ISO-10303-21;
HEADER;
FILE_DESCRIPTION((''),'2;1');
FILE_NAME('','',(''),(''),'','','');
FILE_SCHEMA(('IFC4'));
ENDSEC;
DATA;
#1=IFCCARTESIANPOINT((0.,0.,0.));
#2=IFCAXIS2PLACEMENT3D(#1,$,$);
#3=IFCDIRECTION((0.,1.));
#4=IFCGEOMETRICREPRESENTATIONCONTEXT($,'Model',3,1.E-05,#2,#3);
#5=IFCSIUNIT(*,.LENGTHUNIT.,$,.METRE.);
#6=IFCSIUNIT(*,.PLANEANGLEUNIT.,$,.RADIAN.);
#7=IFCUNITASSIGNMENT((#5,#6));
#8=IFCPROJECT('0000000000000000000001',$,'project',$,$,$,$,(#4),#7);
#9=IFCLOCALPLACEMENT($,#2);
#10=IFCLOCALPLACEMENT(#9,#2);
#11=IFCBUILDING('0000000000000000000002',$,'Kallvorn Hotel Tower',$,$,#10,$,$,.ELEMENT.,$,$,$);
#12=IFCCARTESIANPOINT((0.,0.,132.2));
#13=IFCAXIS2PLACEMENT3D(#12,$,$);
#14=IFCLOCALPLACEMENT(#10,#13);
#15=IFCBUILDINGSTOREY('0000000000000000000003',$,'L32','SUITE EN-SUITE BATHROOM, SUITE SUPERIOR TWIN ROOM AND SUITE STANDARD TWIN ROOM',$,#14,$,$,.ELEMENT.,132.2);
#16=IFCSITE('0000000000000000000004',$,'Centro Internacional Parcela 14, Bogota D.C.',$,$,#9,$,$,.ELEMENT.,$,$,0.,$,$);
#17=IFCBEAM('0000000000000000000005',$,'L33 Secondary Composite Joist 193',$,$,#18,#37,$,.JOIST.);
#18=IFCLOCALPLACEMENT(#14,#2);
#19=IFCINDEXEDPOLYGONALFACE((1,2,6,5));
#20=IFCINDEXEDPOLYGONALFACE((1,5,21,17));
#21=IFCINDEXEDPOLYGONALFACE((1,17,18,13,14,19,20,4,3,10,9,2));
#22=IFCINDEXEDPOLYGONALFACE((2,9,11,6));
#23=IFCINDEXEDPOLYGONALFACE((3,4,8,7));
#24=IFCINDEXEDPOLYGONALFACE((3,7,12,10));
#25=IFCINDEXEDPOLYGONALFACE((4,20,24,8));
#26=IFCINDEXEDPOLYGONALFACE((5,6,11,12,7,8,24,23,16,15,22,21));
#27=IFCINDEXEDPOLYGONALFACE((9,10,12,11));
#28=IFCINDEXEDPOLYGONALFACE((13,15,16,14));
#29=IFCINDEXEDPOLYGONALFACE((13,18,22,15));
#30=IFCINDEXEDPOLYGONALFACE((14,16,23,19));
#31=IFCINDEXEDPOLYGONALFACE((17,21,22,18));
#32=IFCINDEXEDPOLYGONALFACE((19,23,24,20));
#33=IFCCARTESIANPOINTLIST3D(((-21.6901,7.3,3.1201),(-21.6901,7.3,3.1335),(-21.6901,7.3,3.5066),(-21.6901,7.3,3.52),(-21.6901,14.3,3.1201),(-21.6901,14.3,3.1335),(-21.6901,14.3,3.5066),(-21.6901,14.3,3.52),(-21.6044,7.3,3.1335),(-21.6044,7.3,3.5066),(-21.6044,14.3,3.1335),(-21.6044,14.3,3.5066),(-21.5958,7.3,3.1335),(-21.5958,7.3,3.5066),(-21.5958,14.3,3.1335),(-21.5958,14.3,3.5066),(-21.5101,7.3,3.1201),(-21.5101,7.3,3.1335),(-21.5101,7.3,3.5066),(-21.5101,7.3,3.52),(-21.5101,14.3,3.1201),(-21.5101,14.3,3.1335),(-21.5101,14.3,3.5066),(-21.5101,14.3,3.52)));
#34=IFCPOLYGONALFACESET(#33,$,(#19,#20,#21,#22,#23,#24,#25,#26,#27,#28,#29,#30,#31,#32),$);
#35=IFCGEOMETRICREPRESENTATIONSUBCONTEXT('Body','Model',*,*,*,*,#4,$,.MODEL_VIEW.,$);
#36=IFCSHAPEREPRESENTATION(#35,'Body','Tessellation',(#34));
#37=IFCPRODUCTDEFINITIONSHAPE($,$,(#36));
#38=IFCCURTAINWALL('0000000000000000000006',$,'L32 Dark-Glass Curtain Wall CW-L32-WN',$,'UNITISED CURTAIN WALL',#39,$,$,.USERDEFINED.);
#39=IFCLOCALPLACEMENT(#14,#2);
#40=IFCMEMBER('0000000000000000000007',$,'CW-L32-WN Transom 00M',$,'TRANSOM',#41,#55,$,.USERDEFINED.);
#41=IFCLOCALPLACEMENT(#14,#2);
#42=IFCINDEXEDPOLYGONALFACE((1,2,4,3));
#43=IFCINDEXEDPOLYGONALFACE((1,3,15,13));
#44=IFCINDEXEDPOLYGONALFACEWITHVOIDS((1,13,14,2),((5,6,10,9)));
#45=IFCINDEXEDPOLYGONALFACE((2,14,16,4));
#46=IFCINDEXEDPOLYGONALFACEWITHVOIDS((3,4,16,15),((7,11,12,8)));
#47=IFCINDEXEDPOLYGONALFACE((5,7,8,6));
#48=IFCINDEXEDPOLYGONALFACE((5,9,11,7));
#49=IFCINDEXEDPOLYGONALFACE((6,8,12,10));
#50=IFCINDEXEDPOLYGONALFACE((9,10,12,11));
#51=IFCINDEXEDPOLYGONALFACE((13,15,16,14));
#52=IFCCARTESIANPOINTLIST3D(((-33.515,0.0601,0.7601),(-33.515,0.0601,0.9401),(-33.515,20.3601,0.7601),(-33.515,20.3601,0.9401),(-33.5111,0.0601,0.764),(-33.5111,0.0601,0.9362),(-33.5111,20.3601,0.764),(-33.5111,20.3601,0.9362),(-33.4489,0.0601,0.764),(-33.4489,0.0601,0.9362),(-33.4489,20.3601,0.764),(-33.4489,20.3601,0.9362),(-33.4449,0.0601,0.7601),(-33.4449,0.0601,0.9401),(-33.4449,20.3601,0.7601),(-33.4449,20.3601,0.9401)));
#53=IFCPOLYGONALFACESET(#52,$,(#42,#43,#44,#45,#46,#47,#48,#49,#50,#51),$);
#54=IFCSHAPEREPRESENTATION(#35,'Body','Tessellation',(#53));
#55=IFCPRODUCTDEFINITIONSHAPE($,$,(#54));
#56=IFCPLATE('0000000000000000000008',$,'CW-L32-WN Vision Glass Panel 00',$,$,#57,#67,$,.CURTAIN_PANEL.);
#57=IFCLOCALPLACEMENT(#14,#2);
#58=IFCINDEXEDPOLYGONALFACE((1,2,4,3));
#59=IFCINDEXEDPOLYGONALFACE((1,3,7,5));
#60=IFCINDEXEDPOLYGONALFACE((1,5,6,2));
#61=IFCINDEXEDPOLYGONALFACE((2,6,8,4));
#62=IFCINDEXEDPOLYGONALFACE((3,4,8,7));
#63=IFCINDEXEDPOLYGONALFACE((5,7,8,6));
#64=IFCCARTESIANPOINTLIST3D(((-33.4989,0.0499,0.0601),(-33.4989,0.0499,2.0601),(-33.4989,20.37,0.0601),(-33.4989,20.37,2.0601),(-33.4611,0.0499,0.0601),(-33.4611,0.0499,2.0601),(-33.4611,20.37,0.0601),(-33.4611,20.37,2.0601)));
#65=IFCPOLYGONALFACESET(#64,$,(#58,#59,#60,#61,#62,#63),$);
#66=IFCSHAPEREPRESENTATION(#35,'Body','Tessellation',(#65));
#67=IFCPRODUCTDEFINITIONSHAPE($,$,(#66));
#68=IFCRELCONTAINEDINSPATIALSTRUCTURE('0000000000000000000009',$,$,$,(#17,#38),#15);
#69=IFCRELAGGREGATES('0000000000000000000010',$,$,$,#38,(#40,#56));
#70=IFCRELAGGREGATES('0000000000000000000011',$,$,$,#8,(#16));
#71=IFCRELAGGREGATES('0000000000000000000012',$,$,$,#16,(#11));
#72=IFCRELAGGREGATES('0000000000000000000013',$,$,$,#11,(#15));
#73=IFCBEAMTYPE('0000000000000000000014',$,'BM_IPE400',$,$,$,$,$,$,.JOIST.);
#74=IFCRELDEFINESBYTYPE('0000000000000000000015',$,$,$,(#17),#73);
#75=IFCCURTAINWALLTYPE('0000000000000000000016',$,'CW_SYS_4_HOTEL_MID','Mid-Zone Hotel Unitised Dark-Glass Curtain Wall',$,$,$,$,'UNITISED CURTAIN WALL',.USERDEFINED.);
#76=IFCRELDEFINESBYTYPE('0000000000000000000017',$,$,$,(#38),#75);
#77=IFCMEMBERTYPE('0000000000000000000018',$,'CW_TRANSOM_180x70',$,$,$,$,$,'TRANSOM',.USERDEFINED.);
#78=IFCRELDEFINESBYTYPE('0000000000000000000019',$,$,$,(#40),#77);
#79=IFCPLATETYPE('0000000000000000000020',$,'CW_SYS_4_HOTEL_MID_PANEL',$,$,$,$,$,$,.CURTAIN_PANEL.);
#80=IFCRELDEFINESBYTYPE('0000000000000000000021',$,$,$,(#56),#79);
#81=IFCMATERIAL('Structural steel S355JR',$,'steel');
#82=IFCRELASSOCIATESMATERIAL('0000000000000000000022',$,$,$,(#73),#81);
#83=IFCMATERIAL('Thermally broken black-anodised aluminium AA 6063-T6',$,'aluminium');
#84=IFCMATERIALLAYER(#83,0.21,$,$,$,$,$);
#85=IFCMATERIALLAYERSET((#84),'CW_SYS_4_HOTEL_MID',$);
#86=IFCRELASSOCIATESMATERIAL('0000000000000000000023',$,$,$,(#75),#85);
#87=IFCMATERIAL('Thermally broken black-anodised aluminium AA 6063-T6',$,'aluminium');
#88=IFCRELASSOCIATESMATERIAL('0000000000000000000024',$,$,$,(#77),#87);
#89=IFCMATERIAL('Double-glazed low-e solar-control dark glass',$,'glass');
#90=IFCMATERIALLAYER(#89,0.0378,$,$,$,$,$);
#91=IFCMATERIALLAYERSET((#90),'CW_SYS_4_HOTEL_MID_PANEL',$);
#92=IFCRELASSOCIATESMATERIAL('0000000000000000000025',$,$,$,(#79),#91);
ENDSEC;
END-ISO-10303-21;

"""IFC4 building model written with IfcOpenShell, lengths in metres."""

from ifc_helpers import new_model, si_unit, direction, frame, origin, origin_2d, place, context, subcontext, project, spatial, rectangle, hollow_rectangle, i_section, extrude, material, layer, layer_set, material_profile, profile_set, type_object, element, aggregate, save


model = new_model("IFC4")

# Units and contexts
model_context = context("Model", 3, precision=1e-05, world=origin(), true_north=direction((0.0, 1.0)))
body_context = subcontext(model_context, "Body", "Model", "MODEL_VIEW")
ifc_project = project(units=[si_unit("LENGTHUNIT", "METRE"), si_unit("PLANEANGLEUNIT", "RADIAN")], contexts=[model_context])

# Site, building, storey
site_placement = place(None, origin())
site = spatial("IfcSite", under=ifc_project, at=site_placement, Name="Centro Internacional Parcela 14, Bogota D.C.", CompositionType="ELEMENT", RefElevation=0.0)
building_placement = place(site_placement, origin())
building = spatial("IfcBuilding", under=site, at=building_placement, Name="Kallvorn Hotel Tower", CompositionType="ELEMENT")
storey_placement = place(building_placement, frame((0.0, 0.0, 132.2)))
storey = spatial("IfcBuildingStorey", under=building, at=storey_placement, Name="L32", Description="SUITE EN-SUITE BATHROOM, SUITE SUPERIOR TWIN ROOM AND SUITE STANDARD TWIN ROOM", CompositionType="ELEMENT", Elevation=132.2)

# Beam
ifc_material_1 = material(Name="Structural steel S355JR", Category="steel")
ifc_material_profile_1 = material_profile(ifc_material_1, i_section(OverallWidth=0.1799, OverallDepth=0.3999, WebThickness=0.0085, FlangeThickness=0.0134, at=origin_2d()), Name="IPE 400")
ifc_profile_set_1 = profile_set([ifc_material_profile_1], Name="Structural steel S355JR")
beam_type_1 = type_object("IfcBeamType", Name="BM_IPE400", PredefinedType="JOIST", material=ifc_profile_set_1)
beam_1_placement = place(storey_placement, frame((-21.6001, 7.3, 3.3201), z_axis=(0.0, 1.0, 0.0), x_axis=(-1.0, 0.0, 0.0)))
element("IfcBeam", 1, at=beam_1_placement, inside=storey, type_object=beam_type_1, Name="L33 Secondary Composite Joist 193", PredefinedType="JOIST", context=body_context, shape_type="SweptSolid", body=[
    extrude(i_section(OverallWidth=0.1799, OverallDepth=0.3999, WebThickness=0.0085, FlangeThickness=0.0134, at=origin_2d()), origin(), (0.0, 0.0, 1.0), 7.0),
])

# Curtain wall, member, plate
ifc_material_2 = material(Name="Thermally broken black-anodised aluminium AA 6063-T6", Category="aluminium")
ifc_layer_1 = layer(ifc_material_2, 0.21)
ifc_layer_set_1 = layer_set([ifc_layer_1], Name="CW_SYS_4_HOTEL_MID")
curtain_wall_type = type_object("IfcCurtainWallType", Name="CW_SYS_4_HOTEL_MID", Description="Mid-Zone Hotel Unitised Dark-Glass Curtain Wall", ElementType="UNITISED CURTAIN WALL", PredefinedType="USERDEFINED", material=ifc_layer_set_1)
curtain_wall_placement = place(storey_placement, origin())
curtain_wall = element("IfcCurtainWall", 2, at=curtain_wall_placement, inside=storey, type_object=curtain_wall_type, Name="L32 Dark-Glass Curtain Wall CW-L32-WN", ObjectType="UNITISED CURTAIN WALL", PredefinedType="USERDEFINED")
ifc_material_3 = material(Name="Thermally broken black-anodised aluminium AA 6063-T6", Category="aluminium")
ifc_material_profile_2 = material_profile(ifc_material_3, hollow_rectangle(XDim=0.0701, YDim=0.1799, WallThickness=0.0039, at=origin_2d()), Name="TRN 180x70")
ifc_profile_set_2 = profile_set([ifc_material_profile_2], Name="Thermally broken black-anodised aluminium AA 6063-T6")
member_type = type_object("IfcMemberType", Name="CW_TRANSOM_180x70", ElementType="TRANSOM", PredefinedType="USERDEFINED", material=ifc_profile_set_2)
member_placement = place(storey_placement, frame((-33.48, 0.0601, 0.8501), z_axis=(0.0, 1.0, 0.0), x_axis=(-1.0, 0.0, 0.0)))
member = element("IfcMember", 3, at=member_placement, type_object=member_type, Name="CW-L32-WN Transom 00M", ObjectType="TRANSOM", PredefinedType="USERDEFINED", context=body_context, shape_type="SweptSolid", body=[
    extrude(hollow_rectangle(XDim=0.0701, YDim=0.1799, WallThickness=0.0039, at=origin_2d()), origin(), (0.0, 0.0, 1.0), 20.3),
])
ifc_material_4 = material(Name="Double-glazed low-e solar-control dark glass", Category="glass")
ifc_layer_2 = layer(ifc_material_4, 0.0378)
ifc_layer_set_2 = layer_set([ifc_layer_2], Name="CW_SYS_4_HOTEL_MID_PANEL")
plate_type = type_object("IfcPlateType", Name="CW_SYS_4_HOTEL_MID_PANEL", PredefinedType="CURTAIN_PANEL", material=ifc_layer_set_2)
plate_placement = place(storey_placement, frame((-33.48, 10.21, 0.0601), z_axis=(0.0, 0.0, 1.0), x_axis=(0.0, 1.0, 0.0)))
plate = element("IfcPlate", 4, at=plate_placement, type_object=plate_type, Name="CW-L32-WN Vision Glass Panel 00", PredefinedType="CURTAIN_PANEL", context=body_context, shape_type="SweptSolid", body=[
    extrude(rectangle(XDim=20.3201, YDim=0.0378, at=origin_2d()), origin(), (0.0, 0.0, 1.0), 2.0),
])
aggregate(curtain_wall, [member, plate])

save(model, "model.ifc")
